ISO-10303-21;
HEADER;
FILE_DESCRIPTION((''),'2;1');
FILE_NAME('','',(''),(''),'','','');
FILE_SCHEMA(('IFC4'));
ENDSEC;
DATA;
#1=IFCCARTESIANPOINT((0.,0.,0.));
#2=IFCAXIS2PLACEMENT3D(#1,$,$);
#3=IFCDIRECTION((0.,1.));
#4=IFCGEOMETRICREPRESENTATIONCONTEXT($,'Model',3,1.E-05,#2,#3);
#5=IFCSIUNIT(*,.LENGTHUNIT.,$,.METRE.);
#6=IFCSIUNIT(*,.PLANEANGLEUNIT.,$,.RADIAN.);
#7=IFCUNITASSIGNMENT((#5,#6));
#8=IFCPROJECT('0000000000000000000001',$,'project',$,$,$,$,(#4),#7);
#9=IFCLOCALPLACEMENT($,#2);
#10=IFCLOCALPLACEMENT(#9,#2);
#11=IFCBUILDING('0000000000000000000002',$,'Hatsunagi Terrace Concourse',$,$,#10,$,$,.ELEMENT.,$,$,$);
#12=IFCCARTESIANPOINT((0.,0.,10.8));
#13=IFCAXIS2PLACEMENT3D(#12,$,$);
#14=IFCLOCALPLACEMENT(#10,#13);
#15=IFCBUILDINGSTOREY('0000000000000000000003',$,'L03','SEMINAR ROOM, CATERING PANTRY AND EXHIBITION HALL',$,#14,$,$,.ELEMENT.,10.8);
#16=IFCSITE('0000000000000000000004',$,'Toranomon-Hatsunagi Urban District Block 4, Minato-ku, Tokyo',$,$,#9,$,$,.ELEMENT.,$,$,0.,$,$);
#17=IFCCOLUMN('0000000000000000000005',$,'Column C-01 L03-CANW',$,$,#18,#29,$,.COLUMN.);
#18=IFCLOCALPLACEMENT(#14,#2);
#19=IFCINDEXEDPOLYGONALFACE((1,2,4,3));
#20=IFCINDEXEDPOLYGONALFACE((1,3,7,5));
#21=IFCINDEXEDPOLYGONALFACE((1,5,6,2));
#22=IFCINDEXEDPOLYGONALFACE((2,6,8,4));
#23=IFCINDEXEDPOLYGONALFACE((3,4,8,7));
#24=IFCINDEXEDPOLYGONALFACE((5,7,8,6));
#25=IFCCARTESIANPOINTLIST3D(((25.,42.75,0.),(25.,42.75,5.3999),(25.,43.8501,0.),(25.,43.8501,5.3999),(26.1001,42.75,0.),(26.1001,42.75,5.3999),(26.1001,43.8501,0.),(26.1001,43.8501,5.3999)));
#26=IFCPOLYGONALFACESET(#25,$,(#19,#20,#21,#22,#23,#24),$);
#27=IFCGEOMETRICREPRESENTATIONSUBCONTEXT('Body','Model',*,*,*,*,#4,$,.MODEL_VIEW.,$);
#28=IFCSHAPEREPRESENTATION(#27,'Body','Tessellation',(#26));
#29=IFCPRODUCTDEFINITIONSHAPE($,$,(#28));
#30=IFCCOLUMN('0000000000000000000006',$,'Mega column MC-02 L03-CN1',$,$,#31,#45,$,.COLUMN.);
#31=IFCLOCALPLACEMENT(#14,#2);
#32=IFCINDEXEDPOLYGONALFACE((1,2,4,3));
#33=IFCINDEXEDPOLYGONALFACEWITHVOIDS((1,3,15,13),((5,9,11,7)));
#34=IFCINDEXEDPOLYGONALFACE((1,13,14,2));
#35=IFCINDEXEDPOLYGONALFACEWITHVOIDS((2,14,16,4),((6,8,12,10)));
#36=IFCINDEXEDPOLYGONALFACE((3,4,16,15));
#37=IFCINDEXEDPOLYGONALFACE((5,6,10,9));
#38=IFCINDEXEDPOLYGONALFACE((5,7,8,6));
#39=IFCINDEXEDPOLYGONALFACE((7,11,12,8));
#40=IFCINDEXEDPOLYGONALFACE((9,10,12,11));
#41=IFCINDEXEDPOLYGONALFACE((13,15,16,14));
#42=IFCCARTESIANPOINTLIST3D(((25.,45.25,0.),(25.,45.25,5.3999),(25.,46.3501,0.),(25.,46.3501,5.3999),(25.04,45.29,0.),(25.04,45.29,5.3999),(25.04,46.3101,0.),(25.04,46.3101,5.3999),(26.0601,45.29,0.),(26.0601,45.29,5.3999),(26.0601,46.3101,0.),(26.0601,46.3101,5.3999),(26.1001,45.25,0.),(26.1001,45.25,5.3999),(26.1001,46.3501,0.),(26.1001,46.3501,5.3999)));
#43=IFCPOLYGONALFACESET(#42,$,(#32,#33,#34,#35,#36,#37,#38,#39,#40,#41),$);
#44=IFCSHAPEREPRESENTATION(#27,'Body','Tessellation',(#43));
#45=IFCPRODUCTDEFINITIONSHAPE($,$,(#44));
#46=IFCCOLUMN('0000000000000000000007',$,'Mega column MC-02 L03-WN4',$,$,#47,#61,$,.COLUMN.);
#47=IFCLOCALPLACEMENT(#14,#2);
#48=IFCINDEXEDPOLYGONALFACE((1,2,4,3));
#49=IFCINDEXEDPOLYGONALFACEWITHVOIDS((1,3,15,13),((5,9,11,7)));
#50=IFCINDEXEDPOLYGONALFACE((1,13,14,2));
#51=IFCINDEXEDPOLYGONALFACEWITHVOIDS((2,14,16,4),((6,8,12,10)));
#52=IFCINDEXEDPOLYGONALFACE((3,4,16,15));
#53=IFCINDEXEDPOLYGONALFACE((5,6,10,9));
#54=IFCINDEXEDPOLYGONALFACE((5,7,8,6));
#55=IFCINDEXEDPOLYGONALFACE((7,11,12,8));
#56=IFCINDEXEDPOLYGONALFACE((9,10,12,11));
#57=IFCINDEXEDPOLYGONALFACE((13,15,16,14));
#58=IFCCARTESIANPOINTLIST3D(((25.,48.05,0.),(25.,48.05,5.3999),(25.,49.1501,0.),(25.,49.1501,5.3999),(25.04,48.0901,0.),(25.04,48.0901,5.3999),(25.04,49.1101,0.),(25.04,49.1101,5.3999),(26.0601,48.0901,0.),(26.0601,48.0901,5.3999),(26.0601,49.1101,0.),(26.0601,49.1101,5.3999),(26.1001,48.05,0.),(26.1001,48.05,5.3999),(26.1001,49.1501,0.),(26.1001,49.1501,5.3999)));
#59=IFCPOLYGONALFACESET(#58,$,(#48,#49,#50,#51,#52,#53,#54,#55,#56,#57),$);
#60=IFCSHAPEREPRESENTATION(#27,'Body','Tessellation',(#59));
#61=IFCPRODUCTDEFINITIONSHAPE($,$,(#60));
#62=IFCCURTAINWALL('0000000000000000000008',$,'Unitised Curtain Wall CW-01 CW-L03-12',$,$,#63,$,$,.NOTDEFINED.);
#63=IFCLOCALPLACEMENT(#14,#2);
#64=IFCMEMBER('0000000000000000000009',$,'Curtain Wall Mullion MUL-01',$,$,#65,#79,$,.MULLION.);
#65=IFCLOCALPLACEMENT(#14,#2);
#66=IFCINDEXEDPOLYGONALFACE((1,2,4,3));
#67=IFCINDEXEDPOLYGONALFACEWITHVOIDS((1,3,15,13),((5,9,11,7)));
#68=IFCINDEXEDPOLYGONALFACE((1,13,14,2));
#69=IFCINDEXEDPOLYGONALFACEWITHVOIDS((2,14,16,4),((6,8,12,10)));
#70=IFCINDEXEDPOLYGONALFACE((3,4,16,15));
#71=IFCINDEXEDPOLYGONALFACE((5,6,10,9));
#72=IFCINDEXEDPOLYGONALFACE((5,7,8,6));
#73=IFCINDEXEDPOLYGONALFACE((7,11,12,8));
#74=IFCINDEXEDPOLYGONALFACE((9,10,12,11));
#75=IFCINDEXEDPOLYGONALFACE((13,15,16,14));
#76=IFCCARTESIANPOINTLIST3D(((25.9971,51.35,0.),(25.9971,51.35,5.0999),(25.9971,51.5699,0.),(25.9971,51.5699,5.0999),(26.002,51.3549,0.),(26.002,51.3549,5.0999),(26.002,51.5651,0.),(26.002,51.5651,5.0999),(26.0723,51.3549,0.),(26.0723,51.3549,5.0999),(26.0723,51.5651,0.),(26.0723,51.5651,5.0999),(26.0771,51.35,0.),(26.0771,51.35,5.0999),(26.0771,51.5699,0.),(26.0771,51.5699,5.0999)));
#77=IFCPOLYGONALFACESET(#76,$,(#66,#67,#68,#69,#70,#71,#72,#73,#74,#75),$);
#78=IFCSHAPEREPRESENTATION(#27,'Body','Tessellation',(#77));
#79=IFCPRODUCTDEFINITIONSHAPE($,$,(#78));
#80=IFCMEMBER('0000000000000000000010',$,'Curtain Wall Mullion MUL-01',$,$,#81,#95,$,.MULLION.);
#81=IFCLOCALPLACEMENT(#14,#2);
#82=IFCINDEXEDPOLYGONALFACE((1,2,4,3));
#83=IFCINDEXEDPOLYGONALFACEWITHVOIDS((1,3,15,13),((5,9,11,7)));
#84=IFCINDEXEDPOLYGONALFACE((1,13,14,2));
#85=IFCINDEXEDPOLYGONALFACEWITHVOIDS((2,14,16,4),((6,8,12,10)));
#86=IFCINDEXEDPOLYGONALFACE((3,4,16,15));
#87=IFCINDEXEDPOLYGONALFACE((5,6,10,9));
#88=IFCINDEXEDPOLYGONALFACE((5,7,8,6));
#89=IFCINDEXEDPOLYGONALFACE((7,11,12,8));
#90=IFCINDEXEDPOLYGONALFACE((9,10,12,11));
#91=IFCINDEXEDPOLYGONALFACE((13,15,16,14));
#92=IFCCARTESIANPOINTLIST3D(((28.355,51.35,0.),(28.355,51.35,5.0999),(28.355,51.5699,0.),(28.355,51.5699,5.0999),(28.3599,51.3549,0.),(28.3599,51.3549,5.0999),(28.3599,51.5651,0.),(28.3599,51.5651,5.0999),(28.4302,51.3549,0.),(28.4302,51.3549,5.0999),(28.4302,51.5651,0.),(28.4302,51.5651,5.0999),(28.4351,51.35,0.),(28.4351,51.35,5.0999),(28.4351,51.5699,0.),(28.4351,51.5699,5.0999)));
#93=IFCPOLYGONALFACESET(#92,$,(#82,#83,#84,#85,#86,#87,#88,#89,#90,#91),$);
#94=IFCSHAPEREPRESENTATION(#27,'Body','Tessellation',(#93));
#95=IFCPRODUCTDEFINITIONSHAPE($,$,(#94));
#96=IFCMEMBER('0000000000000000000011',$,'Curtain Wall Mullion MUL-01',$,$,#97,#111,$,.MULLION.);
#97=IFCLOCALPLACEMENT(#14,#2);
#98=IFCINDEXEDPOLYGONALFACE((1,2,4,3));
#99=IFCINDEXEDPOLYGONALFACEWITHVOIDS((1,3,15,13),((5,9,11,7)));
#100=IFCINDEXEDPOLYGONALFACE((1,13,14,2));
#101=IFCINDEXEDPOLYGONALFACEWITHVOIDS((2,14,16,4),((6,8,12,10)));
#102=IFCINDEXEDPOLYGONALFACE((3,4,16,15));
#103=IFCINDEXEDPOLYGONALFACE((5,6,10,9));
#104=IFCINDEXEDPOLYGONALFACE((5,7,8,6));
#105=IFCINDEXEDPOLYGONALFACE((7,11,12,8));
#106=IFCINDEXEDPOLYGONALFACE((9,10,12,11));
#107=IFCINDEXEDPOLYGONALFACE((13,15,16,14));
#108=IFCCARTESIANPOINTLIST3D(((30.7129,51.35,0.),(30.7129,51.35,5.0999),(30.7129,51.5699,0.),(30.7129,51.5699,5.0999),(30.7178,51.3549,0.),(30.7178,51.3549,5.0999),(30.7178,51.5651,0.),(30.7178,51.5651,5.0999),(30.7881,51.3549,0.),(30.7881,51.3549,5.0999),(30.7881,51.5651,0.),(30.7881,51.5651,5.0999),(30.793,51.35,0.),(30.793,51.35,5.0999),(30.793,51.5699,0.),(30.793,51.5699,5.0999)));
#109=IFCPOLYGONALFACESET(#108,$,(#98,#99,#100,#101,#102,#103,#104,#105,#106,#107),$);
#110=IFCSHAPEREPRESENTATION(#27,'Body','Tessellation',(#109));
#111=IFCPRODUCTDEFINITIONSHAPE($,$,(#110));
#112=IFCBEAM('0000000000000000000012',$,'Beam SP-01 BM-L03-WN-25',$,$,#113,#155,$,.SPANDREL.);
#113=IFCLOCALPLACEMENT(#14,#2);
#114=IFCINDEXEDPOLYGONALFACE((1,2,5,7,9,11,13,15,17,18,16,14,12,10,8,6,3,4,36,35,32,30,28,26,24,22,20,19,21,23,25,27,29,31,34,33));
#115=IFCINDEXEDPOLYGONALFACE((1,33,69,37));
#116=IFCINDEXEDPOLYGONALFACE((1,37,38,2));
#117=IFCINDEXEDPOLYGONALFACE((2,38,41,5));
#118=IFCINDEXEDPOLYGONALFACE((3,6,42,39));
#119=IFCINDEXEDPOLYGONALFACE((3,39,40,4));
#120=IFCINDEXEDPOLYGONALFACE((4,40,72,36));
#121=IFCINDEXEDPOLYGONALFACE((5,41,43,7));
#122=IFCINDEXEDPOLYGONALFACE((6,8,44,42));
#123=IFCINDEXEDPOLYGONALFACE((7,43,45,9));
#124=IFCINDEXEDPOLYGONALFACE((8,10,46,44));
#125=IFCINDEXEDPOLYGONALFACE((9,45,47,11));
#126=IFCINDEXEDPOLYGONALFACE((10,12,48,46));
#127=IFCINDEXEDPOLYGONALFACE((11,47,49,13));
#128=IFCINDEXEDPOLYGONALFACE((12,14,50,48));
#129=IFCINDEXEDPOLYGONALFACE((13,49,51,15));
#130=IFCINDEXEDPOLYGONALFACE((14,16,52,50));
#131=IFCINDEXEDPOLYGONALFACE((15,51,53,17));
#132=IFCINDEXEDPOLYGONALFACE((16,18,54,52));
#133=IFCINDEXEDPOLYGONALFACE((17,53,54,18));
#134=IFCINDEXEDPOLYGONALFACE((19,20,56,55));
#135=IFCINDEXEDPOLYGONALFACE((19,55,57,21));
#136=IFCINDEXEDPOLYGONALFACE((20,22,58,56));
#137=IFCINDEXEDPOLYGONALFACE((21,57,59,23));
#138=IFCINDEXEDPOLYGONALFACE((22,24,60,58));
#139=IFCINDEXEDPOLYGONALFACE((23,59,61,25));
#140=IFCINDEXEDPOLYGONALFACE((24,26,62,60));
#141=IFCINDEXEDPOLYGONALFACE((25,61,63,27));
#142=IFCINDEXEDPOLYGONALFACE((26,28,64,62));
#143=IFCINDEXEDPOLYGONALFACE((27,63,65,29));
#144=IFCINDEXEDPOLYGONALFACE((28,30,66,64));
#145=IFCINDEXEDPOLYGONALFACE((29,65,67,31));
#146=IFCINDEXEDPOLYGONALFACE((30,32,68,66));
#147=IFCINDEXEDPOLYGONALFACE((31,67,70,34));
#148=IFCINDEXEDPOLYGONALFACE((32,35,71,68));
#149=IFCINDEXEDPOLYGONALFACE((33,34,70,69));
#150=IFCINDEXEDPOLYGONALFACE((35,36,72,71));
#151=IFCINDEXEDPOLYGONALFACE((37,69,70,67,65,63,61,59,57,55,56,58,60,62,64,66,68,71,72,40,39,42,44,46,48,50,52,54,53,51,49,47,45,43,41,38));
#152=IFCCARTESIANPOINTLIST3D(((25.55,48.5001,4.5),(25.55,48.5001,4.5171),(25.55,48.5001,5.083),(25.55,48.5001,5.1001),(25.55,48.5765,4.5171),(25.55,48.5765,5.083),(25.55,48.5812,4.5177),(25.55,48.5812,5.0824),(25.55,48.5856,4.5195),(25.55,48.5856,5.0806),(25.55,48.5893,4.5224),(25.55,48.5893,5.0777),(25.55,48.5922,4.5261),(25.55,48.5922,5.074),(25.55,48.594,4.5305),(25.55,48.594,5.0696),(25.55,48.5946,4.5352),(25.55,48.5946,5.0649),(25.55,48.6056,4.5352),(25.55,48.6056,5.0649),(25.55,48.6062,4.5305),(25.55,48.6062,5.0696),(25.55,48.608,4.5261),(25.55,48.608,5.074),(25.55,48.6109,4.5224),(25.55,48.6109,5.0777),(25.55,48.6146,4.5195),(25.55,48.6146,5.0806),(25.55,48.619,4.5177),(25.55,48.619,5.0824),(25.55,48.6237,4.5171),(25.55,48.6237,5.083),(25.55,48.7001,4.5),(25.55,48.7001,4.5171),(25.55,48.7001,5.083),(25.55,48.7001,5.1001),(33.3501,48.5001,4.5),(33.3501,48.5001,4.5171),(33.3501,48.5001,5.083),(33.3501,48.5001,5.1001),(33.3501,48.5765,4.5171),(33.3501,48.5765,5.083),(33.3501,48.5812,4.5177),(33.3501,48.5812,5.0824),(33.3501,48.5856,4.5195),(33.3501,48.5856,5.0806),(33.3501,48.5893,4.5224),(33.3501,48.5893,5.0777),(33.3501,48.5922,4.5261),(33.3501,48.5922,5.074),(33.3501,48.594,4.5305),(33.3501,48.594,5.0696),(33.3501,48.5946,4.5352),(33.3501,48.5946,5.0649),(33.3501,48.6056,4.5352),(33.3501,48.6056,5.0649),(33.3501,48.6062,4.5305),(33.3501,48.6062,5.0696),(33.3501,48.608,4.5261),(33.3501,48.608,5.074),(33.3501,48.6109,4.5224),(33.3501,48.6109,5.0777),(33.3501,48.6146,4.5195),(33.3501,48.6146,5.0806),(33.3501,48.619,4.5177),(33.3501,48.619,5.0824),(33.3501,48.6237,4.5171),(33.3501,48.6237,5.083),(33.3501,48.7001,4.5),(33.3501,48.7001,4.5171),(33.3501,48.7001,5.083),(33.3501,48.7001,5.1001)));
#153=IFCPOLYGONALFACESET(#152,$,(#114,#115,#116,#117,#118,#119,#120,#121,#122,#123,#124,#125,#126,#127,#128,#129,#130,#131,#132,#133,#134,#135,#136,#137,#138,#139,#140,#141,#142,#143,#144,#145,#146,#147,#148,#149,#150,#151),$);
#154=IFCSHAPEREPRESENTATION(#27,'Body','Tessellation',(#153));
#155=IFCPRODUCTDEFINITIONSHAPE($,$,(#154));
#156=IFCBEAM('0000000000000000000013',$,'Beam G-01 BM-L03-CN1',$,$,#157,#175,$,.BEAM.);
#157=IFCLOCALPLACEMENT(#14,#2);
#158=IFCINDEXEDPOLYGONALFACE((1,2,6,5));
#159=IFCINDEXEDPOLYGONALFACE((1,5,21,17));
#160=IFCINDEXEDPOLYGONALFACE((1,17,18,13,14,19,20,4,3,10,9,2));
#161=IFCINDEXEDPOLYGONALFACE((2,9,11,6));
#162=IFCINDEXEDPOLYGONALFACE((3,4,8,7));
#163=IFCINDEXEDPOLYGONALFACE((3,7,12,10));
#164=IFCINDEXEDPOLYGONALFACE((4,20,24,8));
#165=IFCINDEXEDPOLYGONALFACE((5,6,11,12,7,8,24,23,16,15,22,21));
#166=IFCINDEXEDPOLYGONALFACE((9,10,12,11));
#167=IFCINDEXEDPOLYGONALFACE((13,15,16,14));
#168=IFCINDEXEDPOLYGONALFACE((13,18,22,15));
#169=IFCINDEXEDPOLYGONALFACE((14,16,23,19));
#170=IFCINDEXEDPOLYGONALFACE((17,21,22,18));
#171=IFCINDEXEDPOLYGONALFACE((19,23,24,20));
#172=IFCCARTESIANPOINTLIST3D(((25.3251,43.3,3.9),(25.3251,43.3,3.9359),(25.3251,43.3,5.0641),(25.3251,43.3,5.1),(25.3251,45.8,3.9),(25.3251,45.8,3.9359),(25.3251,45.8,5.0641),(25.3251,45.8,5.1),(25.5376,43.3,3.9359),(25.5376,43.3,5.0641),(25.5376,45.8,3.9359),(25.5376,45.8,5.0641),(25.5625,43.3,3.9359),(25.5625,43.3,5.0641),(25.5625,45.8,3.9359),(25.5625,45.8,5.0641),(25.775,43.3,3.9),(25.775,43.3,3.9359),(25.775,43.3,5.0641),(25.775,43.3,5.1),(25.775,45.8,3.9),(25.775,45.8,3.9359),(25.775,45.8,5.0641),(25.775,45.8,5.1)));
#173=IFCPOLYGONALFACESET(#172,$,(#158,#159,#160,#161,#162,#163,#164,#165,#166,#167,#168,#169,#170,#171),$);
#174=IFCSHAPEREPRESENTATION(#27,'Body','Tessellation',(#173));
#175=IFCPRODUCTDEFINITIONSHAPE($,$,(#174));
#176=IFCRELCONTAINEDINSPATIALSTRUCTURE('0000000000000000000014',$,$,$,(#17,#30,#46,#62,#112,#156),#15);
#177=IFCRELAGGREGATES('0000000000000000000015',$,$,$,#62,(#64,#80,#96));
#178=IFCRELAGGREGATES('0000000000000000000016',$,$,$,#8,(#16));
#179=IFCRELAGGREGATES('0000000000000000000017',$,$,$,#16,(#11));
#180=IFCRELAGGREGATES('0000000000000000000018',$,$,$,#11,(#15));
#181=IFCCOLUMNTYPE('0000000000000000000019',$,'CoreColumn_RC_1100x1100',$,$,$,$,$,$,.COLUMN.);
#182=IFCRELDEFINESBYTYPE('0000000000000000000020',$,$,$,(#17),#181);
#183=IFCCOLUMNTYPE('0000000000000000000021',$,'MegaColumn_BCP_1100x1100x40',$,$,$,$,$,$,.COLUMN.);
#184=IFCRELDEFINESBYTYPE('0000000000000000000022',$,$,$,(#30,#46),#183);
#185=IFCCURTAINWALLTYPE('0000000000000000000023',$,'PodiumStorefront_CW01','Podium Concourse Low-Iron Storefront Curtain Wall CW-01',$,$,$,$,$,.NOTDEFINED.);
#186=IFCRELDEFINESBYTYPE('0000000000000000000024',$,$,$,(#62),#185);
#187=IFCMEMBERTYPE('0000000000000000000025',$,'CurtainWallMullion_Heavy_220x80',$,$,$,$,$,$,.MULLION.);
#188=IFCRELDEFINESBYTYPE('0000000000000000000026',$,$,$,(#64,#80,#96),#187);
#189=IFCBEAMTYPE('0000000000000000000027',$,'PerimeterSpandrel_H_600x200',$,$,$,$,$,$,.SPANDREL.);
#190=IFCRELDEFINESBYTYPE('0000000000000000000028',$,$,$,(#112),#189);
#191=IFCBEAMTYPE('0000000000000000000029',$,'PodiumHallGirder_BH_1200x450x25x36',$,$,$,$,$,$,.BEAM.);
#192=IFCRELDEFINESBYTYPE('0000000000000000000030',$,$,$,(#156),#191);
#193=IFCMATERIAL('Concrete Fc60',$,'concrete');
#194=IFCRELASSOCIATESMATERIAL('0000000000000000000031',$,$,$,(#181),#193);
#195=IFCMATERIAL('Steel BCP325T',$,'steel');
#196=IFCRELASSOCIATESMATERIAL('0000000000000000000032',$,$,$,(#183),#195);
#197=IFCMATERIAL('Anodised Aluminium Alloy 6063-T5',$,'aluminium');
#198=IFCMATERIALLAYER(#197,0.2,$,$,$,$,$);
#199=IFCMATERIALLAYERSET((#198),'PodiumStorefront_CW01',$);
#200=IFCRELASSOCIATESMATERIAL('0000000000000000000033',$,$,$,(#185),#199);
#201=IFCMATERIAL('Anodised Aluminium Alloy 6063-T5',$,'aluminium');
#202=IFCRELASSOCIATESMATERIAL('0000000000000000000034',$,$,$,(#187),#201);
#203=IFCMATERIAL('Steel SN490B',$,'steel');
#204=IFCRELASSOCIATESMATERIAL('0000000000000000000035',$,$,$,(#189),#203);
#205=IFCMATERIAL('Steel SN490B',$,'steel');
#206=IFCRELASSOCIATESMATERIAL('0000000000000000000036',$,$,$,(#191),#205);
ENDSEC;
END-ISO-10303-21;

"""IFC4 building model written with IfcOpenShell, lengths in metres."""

from ifc_helpers import new_model, si_unit, direction, frame, origin, origin_2d, place, context, subcontext, project, spatial, rectangle, hollow_rectangle, i_section, extrude, material, layer, layer_set, material_profile, profile_set, type_object, element, aggregate, save


model = new_model("IFC4")

# Units and contexts
model_context = context("Model", 3, precision=1e-05, world=origin(), true_north=direction((0.0, 1.0)))
body_context = subcontext(model_context, "Body", "Model", "MODEL_VIEW")
ifc_project = project(units=[si_unit("LENGTHUNIT", "METRE"), si_unit("PLANEANGLEUNIT", "RADIAN")], contexts=[model_context])

# Site, building, storey
site_placement = place(None, origin())
site = spatial("IfcSite", under=ifc_project, at=site_placement, Name="Toranomon-Hatsunagi Urban District Block 4, Minato-ku, Tokyo", CompositionType="ELEMENT", RefElevation=0.0)
building_placement = place(site_placement, origin())
building = spatial("IfcBuilding", under=site, at=building_placement, Name="Hatsunagi Terrace Concourse", CompositionType="ELEMENT")
storey_placement = place(building_placement, frame((0.0, 0.0, 10.8)))
storey = spatial("IfcBuildingStorey", under=building, at=storey_placement, Name="L03", Description="SEMINAR ROOM, CATERING PANTRY AND EXHIBITION HALL", CompositionType="ELEMENT", Elevation=10.8)

# Columns
ifc_material_1 = material(Name="Concrete Fc60", Category="concrete")
ifc_material_profile_1 = material_profile(ifc_material_1, rectangle(XDim=1.1001, YDim=1.1001, at=origin_2d()), Name="RC-1100x1100")
ifc_profile_set_1 = profile_set([ifc_material_profile_1], Name="Concrete Fc60")
column_type_1 = type_object("IfcColumnType", Name="CoreColumn_RC_1100x1100", PredefinedType="COLUMN", material=ifc_profile_set_1)
column_placement = place(storey_placement, frame((25.55, 43.3, 0.0), z_axis=(0.0, 0.0, 1.0), x_axis=(1.0, 0.0, 0.0)))
element("IfcColumn", 1, at=column_placement, inside=storey, type_object=column_type_1, Name="Column C-01 L03-CANW", PredefinedType="COLUMN", context=body_context, shape_type="SweptSolid", body=[
    extrude(rectangle(XDim=1.1001, YDim=1.1001, at=origin_2d()), origin(), (0.0, 0.0, 1.0), 5.3999),
])
ifc_material_2 = material(Name="Steel BCP325T", Category="steel")
ifc_material_profile_2 = material_profile(ifc_material_2, hollow_rectangle(XDim=1.1001, YDim=1.1001, WallThickness=0.04, at=origin_2d()), Name="BCP-1100x1100x40")
ifc_profile_set_2 = profile_set([ifc_material_profile_2], Name="Steel BCP325T")
column_type_2 = type_object("IfcColumnType", Name="MegaColumn_BCP_1100x1100x40", PredefinedType="COLUMN", material=ifc_profile_set_2)
for number, where, z_axis, x_axis, name in (
    (2, (25.55, 45.8, 0.0), (0.0, 0.0, 1.0), (1.0, 0.0, 0.0), "Mega column MC-02 L03-CN1"),
    (3, (25.55, 48.6001, 0.0), (0.0, 0.0, 1.0), (1.0, 0.0, 0.0), "Mega column MC-02 L03-WN4"),
):
    element("IfcColumn", number, at=place(storey_placement, frame(where, z_axis=z_axis, x_axis=x_axis)), inside=storey, type_object=column_type_2, Name=name, PredefinedType="COLUMN", context=body_context, shape_type="SweptSolid", body=[
        extrude(hollow_rectangle(XDim=1.1001, YDim=1.1001, WallThickness=0.04, at=origin_2d()), origin(), (0.0, 0.0, 1.0), 5.3999),
    ])

# Curtain wall, members
ifc_material_3 = material(Name="Anodised Aluminium Alloy 6063-T5", Category="aluminium")
ifc_layer_1 = layer(ifc_material_3, 0.2)
ifc_layer_set_1 = layer_set([ifc_layer_1], Name="PodiumStorefront_CW01")
curtain_wall_type = type_object("IfcCurtainWallType", Name="PodiumStorefront_CW01", Description="Podium Concourse Low-Iron Storefront Curtain Wall CW-01", PredefinedType="NOTDEFINED", material=ifc_layer_set_1)
curtain_wall_placement = place(storey_placement, origin())
curtain_wall = element("IfcCurtainWall", 4, at=curtain_wall_placement, inside=storey, type_object=curtain_wall_type, Name="Unitised Curtain Wall CW-01 CW-L03-12", PredefinedType="NOTDEFINED")
ifc_material_4 = material(Name="Anodised Aluminium Alloy 6063-T5", Category="aluminium")
ifc_material_profile_3 = material_profile(ifc_material_4, hollow_rectangle(XDim=0.0801, YDim=0.22, WallThickness=0.0049, at=origin_2d()), Name="ALU-MUL-220x80x5")
ifc_profile_set_3 = profile_set([ifc_material_profile_3], Name="Anodised Aluminium Alloy 6063-T5")
member_type = type_object("IfcMemberType", Name="CurtainWallMullion_Heavy_220x80", PredefinedType="MULLION", material=ifc_profile_set_3)
member_1_placement = place(storey_placement, frame((26.0371, 51.46, 0.0), z_axis=(0.0, 0.0, 1.0), x_axis=(1.0, 0.0, 0.0)))
member_1 = element("IfcMember", 5, at=member_1_placement, type_object=member_type, Name="Curtain Wall Mullion MUL-01", PredefinedType="MULLION", context=body_context, shape_type="SweptSolid", body=[
    extrude(hollow_rectangle(XDim=0.0801, YDim=0.22, WallThickness=0.0049, at=origin_2d()), origin(), (0.0, 0.0, 1.0), 5.0999),
])
member_2_placement = place(storey_placement, frame((28.395, 51.46, 0.0), z_axis=(0.0, 0.0, 1.0), x_axis=(1.0, 0.0, 0.0)))
member_2 = element("IfcMember", 6, at=member_2_placement, type_object=member_type, Name="Curtain Wall Mullion MUL-01", PredefinedType="MULLION", context=body_context, shape_type="SweptSolid", body=[
    extrude(hollow_rectangle(XDim=0.0801, YDim=0.22, WallThickness=0.0049, at=origin_2d()), origin(), (0.0, 0.0, 1.0), 5.0999),
])
member_3_placement = place(storey_placement, frame((30.7529, 51.46, 0.0), z_axis=(0.0, 0.0, 1.0), x_axis=(1.0, 0.0, 0.0)))
member_3 = element("IfcMember", 7, at=member_3_placement, type_object=member_type, Name="Curtain Wall Mullion MUL-01", PredefinedType="MULLION", context=body_context, shape_type="SweptSolid", body=[
    extrude(hollow_rectangle(XDim=0.0801, YDim=0.22, WallThickness=0.0049, at=origin_2d()), origin(), (0.0, 0.0, 1.0), 5.0999),
])

# Beams
ifc_material_5 = material(Name="Steel SN490B", Category="steel")
ifc_material_profile_4 = material_profile(ifc_material_5, i_section(OverallWidth=0.2, OverallDepth=0.6001, WebThickness=0.011, FlangeThickness=0.0171, FilletRadius=0.0181, at=origin_2d()), Name="H-600x200x11x17")
ifc_profile_set_4 = profile_set([ifc_material_profile_4], Name="Steel SN490B")
beam_type_1 = type_object("IfcBeamType", Name="PerimeterSpandrel_H_600x200", PredefinedType="SPANDREL", material=ifc_profile_set_4)
beam_1_placement = place(storey_placement, frame((25.55, 48.6001, 4.8), z_axis=(1.0, 0.0, 0.0), x_axis=(0.0, 1.0, 0.0)))
element("IfcBeam", 8, at=beam_1_placement, inside=storey, type_object=beam_type_1, Name="Beam SP-01 BM-L03-WN-25", PredefinedType="SPANDREL", context=body_context, shape_type="SweptSolid", body=[
    extrude(i_section(OverallWidth=0.2, OverallDepth=0.6001, WebThickness=0.011, FlangeThickness=0.0171, FilletRadius=0.0181, at=origin_2d()), origin(), (0.0, 0.0, 1.0), 7.8),
])
ifc_material_6 = material(Name="Steel SN490B", Category="steel")
ifc_material_profile_5 = material_profile(ifc_material_6, i_section(OverallWidth=0.45, OverallDepth=1.2, WebThickness=0.0249, FlangeThickness=0.0359, at=origin_2d()), Name="BH-1200x450x25x36")
ifc_profile_set_5 = profile_set([ifc_material_profile_5], Name="Steel SN490B")
beam_type_2 = type_object("IfcBeamType", Name="PodiumHallGirder_BH_1200x450x25x36", PredefinedType="BEAM", material=ifc_profile_set_5)
beam_2_placement = place(storey_placement, frame((25.55, 43.3, 4.5), z_axis=(0.0, 1.0, 0.0), x_axis=(-1.0, 0.0, 0.0)))
element("IfcBeam", 9, at=beam_2_placement, inside=storey, type_object=beam_type_2, Name="Beam G-01 BM-L03-CN1", PredefinedType="BEAM", context=body_context, shape_type="SweptSolid", body=[
    extrude(i_section(OverallWidth=0.45, OverallDepth=1.2, WebThickness=0.0249, FlangeThickness=0.0359, at=origin_2d()), origin(), (0.0, 0.0, 1.0), 2.5),
])

aggregate(curtain_wall, [member_1, member_2, member_3])

save(model, "model.ifc")
